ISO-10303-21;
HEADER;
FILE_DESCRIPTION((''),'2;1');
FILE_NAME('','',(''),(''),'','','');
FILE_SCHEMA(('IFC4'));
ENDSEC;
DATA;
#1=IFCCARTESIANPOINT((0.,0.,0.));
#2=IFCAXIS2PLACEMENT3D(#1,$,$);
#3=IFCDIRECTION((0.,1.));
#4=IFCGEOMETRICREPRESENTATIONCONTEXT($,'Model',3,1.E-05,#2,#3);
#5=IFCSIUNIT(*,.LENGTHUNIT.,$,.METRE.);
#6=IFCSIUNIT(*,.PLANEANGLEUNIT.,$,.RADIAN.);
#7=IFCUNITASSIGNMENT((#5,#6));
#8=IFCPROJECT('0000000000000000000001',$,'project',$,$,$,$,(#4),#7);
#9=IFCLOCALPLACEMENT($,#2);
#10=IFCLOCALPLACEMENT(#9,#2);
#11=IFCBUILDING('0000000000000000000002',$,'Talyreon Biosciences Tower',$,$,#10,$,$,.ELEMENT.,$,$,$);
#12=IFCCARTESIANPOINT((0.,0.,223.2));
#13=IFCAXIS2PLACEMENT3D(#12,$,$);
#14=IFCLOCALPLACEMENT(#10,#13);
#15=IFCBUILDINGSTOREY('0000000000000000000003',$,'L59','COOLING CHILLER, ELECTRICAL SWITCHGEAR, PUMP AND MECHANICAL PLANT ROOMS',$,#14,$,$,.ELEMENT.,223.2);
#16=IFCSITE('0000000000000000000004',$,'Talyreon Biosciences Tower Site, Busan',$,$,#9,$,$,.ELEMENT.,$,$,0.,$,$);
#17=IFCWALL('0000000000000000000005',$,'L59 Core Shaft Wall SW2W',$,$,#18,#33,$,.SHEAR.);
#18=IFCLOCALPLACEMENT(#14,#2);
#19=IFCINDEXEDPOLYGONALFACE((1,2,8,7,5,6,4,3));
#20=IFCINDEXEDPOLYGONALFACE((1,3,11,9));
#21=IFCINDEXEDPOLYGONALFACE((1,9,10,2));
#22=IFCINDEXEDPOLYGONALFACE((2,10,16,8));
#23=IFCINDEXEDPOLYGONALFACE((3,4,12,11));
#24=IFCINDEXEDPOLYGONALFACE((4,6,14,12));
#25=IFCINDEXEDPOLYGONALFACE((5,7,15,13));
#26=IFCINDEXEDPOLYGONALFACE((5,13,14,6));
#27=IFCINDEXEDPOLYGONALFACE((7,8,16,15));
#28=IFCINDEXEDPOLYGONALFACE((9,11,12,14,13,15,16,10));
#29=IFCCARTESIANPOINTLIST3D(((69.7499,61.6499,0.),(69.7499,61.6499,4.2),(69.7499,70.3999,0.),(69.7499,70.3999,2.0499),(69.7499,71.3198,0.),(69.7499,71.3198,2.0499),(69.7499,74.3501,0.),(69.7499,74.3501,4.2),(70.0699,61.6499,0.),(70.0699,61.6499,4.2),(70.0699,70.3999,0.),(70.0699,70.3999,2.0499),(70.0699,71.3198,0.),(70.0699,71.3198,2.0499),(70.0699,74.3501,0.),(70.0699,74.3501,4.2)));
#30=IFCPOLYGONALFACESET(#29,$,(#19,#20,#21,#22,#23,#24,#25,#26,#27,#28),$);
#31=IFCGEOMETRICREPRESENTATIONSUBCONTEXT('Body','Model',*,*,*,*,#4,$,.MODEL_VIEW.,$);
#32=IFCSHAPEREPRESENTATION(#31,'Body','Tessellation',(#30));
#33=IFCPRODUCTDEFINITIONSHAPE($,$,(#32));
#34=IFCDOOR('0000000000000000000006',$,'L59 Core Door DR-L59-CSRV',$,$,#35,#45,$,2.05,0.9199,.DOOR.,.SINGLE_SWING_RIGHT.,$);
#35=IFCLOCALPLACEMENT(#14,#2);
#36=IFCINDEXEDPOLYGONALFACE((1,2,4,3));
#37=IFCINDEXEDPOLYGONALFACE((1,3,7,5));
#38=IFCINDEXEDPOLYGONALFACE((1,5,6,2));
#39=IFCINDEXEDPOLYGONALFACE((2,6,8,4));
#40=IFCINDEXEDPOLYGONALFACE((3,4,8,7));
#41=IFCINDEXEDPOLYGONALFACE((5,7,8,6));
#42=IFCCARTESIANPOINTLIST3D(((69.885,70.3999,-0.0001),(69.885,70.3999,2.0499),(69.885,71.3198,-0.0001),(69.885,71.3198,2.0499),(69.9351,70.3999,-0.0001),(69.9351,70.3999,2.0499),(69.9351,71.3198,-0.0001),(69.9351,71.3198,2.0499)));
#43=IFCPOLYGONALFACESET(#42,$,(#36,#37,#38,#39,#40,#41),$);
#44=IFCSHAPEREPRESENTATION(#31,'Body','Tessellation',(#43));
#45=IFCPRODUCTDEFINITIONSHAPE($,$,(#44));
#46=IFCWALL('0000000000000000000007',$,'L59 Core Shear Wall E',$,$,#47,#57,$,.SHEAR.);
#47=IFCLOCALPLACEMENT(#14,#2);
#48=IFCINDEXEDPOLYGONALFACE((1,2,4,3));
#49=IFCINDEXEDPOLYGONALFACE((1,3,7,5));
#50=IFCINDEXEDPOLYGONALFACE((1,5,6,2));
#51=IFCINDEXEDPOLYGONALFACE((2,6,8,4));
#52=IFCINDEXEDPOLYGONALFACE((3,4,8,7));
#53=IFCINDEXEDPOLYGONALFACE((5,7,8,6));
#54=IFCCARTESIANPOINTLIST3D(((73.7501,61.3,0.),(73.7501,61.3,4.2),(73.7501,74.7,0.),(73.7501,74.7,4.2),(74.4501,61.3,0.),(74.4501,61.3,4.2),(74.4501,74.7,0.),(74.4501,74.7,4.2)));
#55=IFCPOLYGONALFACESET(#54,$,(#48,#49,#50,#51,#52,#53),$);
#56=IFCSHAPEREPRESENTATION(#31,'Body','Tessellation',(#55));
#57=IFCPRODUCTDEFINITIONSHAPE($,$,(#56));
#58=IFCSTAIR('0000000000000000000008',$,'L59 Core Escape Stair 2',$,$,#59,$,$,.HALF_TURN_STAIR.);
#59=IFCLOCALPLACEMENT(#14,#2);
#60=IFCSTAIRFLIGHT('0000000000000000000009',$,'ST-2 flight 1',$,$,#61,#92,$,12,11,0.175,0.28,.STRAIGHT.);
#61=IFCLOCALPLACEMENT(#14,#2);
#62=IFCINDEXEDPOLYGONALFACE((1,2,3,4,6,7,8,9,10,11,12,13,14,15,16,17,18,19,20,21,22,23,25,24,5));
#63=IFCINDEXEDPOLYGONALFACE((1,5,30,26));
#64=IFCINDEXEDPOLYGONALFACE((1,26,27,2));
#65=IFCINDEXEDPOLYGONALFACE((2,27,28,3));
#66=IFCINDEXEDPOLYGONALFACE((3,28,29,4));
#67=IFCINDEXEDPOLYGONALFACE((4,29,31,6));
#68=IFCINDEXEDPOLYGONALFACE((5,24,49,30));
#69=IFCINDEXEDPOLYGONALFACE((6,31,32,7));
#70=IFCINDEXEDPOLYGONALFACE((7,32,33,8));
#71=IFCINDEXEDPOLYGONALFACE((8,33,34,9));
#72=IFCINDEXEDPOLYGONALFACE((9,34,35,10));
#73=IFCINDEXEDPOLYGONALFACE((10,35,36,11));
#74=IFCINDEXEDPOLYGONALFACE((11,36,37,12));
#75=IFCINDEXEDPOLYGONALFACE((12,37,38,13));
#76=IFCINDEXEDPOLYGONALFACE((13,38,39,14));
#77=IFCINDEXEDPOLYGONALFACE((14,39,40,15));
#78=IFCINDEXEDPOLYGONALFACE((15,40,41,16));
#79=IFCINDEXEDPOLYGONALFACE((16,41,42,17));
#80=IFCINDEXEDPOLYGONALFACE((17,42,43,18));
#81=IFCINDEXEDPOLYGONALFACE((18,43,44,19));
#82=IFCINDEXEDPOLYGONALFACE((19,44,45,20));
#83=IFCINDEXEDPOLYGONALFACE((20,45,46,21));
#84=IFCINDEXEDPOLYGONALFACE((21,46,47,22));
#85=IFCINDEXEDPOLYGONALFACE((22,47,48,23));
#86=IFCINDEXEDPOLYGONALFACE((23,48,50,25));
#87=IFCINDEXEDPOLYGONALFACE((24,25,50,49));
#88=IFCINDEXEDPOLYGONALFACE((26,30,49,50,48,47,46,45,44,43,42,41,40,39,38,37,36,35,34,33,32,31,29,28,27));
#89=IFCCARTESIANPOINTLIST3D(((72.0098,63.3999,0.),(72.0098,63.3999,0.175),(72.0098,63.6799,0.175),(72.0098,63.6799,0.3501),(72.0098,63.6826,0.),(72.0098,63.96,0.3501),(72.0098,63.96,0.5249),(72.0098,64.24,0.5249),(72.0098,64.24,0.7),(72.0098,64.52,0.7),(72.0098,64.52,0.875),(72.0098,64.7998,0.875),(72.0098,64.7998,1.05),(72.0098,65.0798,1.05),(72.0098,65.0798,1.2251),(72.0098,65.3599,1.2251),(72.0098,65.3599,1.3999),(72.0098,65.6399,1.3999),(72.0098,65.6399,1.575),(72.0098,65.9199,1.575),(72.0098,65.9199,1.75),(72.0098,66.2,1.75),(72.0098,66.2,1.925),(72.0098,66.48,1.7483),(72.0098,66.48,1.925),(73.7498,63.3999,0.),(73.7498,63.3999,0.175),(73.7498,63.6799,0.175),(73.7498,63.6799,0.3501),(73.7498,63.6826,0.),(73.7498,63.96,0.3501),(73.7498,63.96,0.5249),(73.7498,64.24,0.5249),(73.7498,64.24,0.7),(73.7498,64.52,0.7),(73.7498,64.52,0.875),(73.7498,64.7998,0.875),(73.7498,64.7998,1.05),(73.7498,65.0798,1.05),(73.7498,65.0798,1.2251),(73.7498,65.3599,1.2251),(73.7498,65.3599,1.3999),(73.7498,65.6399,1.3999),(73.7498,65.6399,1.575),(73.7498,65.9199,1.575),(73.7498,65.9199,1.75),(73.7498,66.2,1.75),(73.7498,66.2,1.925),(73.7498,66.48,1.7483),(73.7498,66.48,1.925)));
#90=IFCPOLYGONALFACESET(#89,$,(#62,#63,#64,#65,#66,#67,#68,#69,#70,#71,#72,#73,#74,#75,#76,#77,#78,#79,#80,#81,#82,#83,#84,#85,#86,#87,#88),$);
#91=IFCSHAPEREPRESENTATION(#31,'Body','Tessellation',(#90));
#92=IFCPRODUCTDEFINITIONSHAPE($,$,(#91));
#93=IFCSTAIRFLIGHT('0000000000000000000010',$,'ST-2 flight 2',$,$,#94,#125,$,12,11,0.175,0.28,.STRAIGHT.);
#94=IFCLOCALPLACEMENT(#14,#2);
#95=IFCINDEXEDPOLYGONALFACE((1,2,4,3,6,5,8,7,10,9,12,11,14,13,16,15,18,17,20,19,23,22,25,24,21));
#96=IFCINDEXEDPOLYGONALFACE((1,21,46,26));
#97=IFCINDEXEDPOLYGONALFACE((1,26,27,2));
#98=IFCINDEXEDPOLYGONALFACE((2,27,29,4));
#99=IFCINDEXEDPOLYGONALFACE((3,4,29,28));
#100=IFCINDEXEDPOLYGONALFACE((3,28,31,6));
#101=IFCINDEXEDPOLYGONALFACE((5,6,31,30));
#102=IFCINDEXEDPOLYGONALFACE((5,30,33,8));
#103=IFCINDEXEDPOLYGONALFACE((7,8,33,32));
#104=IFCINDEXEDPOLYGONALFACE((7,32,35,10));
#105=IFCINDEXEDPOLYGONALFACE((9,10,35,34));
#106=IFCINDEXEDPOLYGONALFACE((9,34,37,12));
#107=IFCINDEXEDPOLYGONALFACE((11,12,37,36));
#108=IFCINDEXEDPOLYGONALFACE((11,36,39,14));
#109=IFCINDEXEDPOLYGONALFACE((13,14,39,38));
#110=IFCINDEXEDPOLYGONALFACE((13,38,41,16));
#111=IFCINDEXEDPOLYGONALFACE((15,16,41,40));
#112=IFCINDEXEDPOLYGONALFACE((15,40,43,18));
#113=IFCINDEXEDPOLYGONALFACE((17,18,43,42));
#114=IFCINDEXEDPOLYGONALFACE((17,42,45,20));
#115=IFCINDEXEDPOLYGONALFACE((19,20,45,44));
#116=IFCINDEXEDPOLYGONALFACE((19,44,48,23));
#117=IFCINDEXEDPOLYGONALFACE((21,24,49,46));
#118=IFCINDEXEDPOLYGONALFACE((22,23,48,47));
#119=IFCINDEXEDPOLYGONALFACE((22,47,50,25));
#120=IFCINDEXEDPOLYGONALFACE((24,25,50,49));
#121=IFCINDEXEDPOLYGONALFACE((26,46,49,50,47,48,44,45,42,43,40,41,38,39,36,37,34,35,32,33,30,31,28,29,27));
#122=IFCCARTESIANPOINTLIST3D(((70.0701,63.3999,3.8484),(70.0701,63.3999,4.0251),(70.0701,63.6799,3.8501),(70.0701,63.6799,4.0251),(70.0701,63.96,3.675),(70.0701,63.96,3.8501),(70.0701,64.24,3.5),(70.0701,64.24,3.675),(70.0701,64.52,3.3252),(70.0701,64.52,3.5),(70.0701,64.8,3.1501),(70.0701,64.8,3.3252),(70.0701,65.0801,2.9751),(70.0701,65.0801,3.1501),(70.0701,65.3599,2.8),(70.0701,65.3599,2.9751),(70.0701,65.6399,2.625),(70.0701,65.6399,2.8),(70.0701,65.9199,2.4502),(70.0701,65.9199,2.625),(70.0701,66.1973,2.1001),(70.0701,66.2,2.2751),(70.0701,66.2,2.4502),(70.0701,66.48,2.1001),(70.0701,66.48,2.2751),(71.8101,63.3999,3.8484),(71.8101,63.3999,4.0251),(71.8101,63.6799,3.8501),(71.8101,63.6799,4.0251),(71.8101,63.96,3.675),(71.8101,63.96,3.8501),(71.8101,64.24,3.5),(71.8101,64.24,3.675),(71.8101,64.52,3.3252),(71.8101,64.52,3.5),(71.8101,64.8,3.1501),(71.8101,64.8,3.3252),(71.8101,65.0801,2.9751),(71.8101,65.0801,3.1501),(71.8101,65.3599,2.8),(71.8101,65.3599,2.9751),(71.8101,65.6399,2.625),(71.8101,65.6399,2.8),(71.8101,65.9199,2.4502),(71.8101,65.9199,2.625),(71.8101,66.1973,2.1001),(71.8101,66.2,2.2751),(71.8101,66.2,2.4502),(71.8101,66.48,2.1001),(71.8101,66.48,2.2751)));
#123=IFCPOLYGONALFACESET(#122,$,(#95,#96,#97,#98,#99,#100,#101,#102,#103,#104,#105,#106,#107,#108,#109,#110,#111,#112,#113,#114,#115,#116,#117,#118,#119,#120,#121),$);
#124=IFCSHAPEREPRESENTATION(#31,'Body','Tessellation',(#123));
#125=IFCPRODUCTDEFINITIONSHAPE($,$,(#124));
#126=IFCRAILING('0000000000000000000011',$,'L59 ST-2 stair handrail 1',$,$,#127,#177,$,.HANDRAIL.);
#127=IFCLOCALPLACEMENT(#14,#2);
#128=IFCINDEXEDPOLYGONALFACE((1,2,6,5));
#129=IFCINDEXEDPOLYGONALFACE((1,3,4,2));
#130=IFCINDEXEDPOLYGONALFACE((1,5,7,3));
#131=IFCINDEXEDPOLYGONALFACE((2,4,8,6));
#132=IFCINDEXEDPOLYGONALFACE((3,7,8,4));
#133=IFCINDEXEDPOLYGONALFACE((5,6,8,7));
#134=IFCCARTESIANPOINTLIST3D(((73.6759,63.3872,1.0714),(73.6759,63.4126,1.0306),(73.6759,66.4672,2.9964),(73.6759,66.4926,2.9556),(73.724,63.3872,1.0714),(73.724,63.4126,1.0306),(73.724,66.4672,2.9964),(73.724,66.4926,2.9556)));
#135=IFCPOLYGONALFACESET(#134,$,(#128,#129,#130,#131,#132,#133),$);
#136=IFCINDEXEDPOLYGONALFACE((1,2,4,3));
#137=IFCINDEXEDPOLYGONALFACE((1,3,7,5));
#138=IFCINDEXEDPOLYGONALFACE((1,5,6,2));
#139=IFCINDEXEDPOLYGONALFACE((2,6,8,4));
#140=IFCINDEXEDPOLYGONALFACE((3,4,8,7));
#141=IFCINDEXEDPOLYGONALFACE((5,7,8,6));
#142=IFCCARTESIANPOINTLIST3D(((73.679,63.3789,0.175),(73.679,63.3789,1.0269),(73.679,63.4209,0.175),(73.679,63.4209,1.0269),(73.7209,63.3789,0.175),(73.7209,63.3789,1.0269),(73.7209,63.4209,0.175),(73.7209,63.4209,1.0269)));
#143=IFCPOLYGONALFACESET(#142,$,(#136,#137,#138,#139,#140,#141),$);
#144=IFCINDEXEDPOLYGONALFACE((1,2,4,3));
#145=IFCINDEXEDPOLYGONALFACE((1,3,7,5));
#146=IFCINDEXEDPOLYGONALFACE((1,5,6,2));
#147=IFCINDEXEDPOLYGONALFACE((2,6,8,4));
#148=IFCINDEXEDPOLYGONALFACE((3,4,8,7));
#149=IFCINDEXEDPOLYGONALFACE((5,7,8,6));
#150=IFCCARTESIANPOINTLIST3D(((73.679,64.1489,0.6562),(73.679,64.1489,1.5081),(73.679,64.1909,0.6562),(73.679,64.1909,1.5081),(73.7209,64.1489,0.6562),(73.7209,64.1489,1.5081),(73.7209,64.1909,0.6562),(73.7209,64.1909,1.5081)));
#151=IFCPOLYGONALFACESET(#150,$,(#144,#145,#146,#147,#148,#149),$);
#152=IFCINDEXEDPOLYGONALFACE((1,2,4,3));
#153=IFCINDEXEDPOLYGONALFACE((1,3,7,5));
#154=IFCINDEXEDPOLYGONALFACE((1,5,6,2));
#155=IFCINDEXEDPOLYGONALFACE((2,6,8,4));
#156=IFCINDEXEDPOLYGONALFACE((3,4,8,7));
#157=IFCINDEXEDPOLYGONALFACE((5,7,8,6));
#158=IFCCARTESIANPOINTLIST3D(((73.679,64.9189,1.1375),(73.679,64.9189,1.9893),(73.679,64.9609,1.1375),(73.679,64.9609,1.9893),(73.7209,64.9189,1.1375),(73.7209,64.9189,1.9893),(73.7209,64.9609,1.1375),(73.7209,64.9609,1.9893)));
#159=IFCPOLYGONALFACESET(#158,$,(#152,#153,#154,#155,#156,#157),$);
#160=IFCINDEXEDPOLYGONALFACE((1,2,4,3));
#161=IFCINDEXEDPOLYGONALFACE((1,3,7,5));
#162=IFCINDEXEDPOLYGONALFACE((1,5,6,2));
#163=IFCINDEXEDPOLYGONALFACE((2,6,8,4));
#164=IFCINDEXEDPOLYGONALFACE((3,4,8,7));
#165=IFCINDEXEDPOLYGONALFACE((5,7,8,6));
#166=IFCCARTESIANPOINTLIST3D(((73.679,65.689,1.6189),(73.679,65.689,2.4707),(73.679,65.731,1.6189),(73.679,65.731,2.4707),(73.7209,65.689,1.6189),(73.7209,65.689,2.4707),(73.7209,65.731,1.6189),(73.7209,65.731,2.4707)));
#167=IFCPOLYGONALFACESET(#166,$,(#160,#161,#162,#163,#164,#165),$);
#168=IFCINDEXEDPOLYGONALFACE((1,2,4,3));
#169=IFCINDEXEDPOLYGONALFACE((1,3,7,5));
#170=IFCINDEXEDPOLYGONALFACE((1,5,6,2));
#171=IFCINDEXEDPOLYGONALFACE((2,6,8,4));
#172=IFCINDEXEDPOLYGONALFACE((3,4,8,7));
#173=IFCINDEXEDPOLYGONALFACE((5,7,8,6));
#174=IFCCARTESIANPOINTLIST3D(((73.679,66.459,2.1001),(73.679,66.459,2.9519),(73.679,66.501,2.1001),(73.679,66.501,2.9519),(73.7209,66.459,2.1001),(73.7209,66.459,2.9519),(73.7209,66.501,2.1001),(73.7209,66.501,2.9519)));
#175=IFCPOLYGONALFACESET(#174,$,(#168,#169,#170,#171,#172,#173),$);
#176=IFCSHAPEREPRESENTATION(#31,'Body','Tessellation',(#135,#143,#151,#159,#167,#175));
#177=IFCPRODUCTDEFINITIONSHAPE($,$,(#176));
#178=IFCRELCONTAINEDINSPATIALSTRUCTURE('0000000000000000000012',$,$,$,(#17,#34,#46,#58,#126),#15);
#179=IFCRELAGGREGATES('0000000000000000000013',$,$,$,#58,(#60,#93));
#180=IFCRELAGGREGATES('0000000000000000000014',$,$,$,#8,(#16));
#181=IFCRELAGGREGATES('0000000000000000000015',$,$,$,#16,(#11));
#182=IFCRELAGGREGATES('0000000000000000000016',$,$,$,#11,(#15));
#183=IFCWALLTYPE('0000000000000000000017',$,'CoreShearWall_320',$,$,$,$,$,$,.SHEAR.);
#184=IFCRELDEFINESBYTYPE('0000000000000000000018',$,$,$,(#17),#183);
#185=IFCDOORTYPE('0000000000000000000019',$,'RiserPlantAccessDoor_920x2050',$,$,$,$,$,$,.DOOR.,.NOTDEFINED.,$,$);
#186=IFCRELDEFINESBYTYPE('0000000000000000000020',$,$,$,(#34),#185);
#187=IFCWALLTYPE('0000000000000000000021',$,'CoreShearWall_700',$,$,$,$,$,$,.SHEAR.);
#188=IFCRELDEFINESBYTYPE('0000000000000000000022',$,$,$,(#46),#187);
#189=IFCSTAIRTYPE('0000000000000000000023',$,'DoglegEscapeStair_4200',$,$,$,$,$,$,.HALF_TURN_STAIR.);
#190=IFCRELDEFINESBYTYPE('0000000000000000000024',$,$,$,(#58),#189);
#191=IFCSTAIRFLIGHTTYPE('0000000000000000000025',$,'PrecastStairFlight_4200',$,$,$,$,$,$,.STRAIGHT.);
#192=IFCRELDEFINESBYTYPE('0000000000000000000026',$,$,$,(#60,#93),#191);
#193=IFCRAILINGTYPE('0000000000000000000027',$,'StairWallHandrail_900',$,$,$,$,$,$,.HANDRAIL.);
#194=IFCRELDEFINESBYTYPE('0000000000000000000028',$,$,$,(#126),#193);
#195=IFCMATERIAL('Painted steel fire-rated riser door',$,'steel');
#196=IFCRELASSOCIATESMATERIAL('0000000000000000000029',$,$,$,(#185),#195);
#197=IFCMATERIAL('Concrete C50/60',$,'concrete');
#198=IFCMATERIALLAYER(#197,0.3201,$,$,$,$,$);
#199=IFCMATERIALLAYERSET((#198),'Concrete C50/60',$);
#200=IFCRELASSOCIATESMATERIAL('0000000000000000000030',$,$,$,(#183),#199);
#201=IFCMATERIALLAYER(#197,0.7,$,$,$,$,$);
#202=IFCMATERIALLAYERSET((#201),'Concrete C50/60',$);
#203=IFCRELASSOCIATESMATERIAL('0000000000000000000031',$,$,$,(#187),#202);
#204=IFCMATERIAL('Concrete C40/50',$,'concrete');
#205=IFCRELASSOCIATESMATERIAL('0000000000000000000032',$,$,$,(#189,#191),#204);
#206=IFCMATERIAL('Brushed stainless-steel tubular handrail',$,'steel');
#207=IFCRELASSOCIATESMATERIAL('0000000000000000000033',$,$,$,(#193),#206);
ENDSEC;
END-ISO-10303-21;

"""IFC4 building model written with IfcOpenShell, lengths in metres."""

from ifc_helpers import new_model, si_unit, direction, frame, frame_2d, origin, origin_2d, place, context, subcontext, project, spatial, polyline, rectangle, outline, extrude, material, layer, layer_set, type_object, element, fill, aggregate, save


model = new_model("IFC4")

# Units and contexts
model_context = context("Model", 3, precision=1e-05, world=origin(), true_north=direction((0.0, 1.0)))
body_context = subcontext(model_context, "Body", "Model", "MODEL_VIEW")
ifc_project = project(units=[si_unit("LENGTHUNIT", "METRE"), si_unit("PLANEANGLEUNIT", "RADIAN")], contexts=[model_context])

# Site, building, storey
site_placement = place(None, origin())
site = spatial("IfcSite", under=ifc_project, at=site_placement, Name="Talyreon Biosciences Tower Site, Busan", CompositionType="ELEMENT", RefElevation=0.0)
building_placement = place(site_placement, origin())
building = spatial("IfcBuilding", under=site, at=building_placement, Name="Talyreon Biosciences Tower", CompositionType="ELEMENT")
storey_placement = place(building_placement, frame((0.0, 0.0, 223.2)))
storey = spatial("IfcBuildingStorey", under=building, at=storey_placement, Name="L59", Description="COOLING CHILLER, ELECTRICAL SWITCHGEAR, PUMP AND MECHANICAL PLANT ROOMS", CompositionType="ELEMENT", Elevation=223.2)

# Shared definitions
ifc_material_1 = material(Name="Concrete C50/60", Category="concrete")

# Wall, opening, door
ifc_material_2 = material(Name="Painted steel fire-rated riser door", Category="steel")
door_type = type_object("IfcDoorType", Name="RiserPlantAccessDoor_920x2050", OperationType="NOTDEFINED", PredefinedType="DOOR", material=ifc_material_2)
ifc_layer_1 = layer(ifc_material_1, 0.3201)
ifc_layer_set_1 = layer_set([ifc_layer_1], Name="Concrete C50/60")
wall_type_1 = type_object("IfcWallType", Name="CoreShearWall_320", PredefinedType="SHEAR", material=ifc_layer_set_1)
wall_1_placement = place(storey_placement, frame((69.9099, 61.6499, 0.0), z_axis=(0.0, 0.0, 1.0), x_axis=(0.0, 1.0, 0.0)))
wall_1 = element("IfcWall", 1, at=wall_1_placement, inside=storey, type_object=wall_type_1, Name="L59 Core Shaft Wall SW2W", PredefinedType="SHEAR", context=body_context, shape_type="SweptSolid", body=[
    extrude(rectangle(XDim=12.7002, YDim=0.3201, at=frame_2d((6.3501, 0.0))), origin(), (0.0, 0.0, 1.0), 4.2),
])
opening_1_placement = place(wall_1_placement, frame((8.75, 0.0, 0.0)))
opening_1 = element("IfcOpeningElement", 2, at=opening_1_placement, cuts=wall_1, PredefinedType="OPENING", context=body_context, shape_type="SweptSolid", body=[
    extrude(rectangle(XDim=0.9199, YDim=2.05, at=frame_2d((0.46, 1.0249))), frame((0.0, 0.1699, 0.0), z_axis=(0.0, -1.0, 0.0), x_axis=(1.0, 0.0, 0.0)), (0.0, 0.0, 1.0), 0.3401),
])
door_1_placement = place(opening_1_placement, origin())
door_1 = element("IfcDoor", 3, at=door_1_placement, inside=storey, type_object=door_type, Name="L59 Core Door DR-L59-CSRV", OperationType="SINGLE_SWING_RIGHT", OverallHeight=2.05, OverallWidth=0.9199, PredefinedType="DOOR", context=body_context, shape_type="SweptSolid", body=[
    extrude(rectangle(XDim=0.9199, YDim=2.05, at=frame_2d((0.46, 1.0249))), frame((0.0, 0.0249, 0.0), z_axis=(0.0, -1.0, 0.0), x_axis=(1.0, 0.0, 0.0)), (0.0, 0.0, 1.0), 0.05),
])
fill(opening_1, door_1)

# Wall
ifc_layer_2 = layer(ifc_material_1, 0.7)
ifc_layer_set_2 = layer_set([ifc_layer_2], Name="Concrete C50/60")
wall_type_2 = type_object("IfcWallType", Name="CoreShearWall_700", PredefinedType="SHEAR", material=ifc_layer_set_2)
wall_2_placement = place(storey_placement, frame((74.1001, 61.3, 0.0), z_axis=(0.0, 0.0, 1.0), x_axis=(0.0, 1.0, 0.0)))
element("IfcWall", 4, at=wall_2_placement, inside=storey, type_object=wall_type_2, Name="L59 Core Shear Wall E", PredefinedType="SHEAR", context=body_context, shape_type="SweptSolid", body=[
    extrude(rectangle(XDim=13.3999, YDim=0.7, at=frame_2d((6.7, 0.0))), origin(), (0.0, 0.0, 1.0), 4.2),
])

# Stair, stair flights
ifc_material_3 = material(Name="Concrete C40/50", Category="concrete")
stair_type = type_object("IfcStairType", Name="DoglegEscapeStair_4200", PredefinedType="HALF_TURN_STAIR", material=ifc_material_3)
stair_placement = place(storey_placement, origin())
stair = element("IfcStair", 5, at=stair_placement, inside=storey, type_object=stair_type, Name="L59 Core Escape Stair 2", PredefinedType="HALF_TURN_STAIR")
stair_flight_type = type_object("IfcStairFlightType", Name="PrecastStairFlight_4200", PredefinedType="STRAIGHT", material=ifc_material_3)
stair_flight_1_placement = place(storey_placement, frame((72.8799, 63.3999, 0.0), z_axis=(0.0, 0.0, 1.0), x_axis=(0.0, 1.0, 0.0)))
stair_flight_1 = element("IfcStairFlight", 6, at=stair_flight_1_placement, type_object=stair_flight_type, Name="ST-2 flight 1", NumberOfRisers=12, NumberOfTreads=11, PredefinedType="STRAIGHT", RiserHeight=0.175, TreadLength=0.28, context=body_context, shape_type="SweptSolid", body=[
    extrude(outline(polyline([(0.0, 0.0), (0.0, 0.175), (0.28, 0.175), (0.28, 0.3501), (0.5601, 0.3501), (0.5601, 0.5249), (0.8401, 0.5249), (0.8401, 0.7), (1.1201, 0.7), (1.1201, 0.875), (1.3999, 0.875), (1.3999, 1.05), (1.6799, 1.05), (1.6799, 1.2251), (1.96, 1.2251), (1.96, 1.3999), (2.24, 1.3999), (2.24, 1.575), (2.52, 1.575), (2.52, 1.75), (2.8, 1.75), (2.8, 1.925), (3.0801, 1.925), (3.0801, 2.1001), (3.0801, 1.7483), (0.2827, 0.0), (0.0, 0.0)])), frame((0.0, 0.8701, 0.0), z_axis=(0.0, -1.0, 0.0), x_axis=(1.0, 0.0, 0.0)), (0.0, 0.0, 1.0), 1.74),
])
stair_flight_2_placement = place(storey_placement, frame((70.9399, 66.48, 2.1001), z_axis=(0.0, 0.0, 1.0), x_axis=(0.0, -1.0, 0.0)))
stair_flight_2 = element("IfcStairFlight", 7, at=stair_flight_2_placement, type_object=stair_flight_type, Name="ST-2 flight 2", NumberOfRisers=12, NumberOfTreads=11, PredefinedType="STRAIGHT", RiserHeight=0.175, TreadLength=0.28, context=body_context, shape_type="SweptSolid", body=[
    extrude(outline(polyline([(0.0, 0.0), (0.0, 0.175), (0.28, 0.175), (0.28, 0.3501), (0.5601, 0.3501), (0.5601, 0.5249), (0.8401, 0.5249), (0.8401, 0.7), (1.1201, 0.7), (1.1201, 0.875), (1.3999, 0.875), (1.3999, 1.05), (1.6799, 1.05), (1.6799, 1.2251), (1.96, 1.2251), (1.96, 1.3999), (2.24, 1.3999), (2.24, 1.575), (2.52, 1.575), (2.52, 1.75), (2.8, 1.75), (2.8, 1.925), (3.0801, 1.925), (3.0801, 2.1001), (3.0801, 1.7483), (0.2827, 0.0), (0.0, 0.0)])), frame((0.0, 0.8701, 0.0), z_axis=(0.0, -1.0, 0.0), x_axis=(1.0, 0.0, 0.0)), (0.0, 0.0, 1.0), 1.74),
])
aggregate(stair, [stair_flight_1, stair_flight_2])

# Railing
ifc_material_4 = material(Name="Brushed stainless-steel tubular handrail", Category="steel")
railing_type_1 = type_object("IfcRailingType", Name="StairWallHandrail_900", PredefinedType="HANDRAIL", material=ifc_material_4)
railing_1_placement = place(storey_placement, frame((73.7, 63.3999, 0.175)))
element("IfcRailing", 8, at=railing_1_placement, inside=storey, type_object=railing_type_1, Name="L59 ST-2 stair handrail 1", PredefinedType="HANDRAIL", context=body_context, shape_type="SweptSolid", body=[
    extrude(rectangle(XDim=0.0481, YDim=0.0481, at=origin_2d()), frame((0.0, 0.0, 0.876), z_axis=(0.0, 0.847998, 0.529999), x_axis=(-1.0, 0.0, 0.0)), (0.0, 0.0, 1.0), 3.6321),
    extrude(rectangle(XDim=0.042, YDim=0.042, at=origin_2d()), origin(), (0.0, 0.0, 1.0), 0.8518),
    extrude(rectangle(XDim=0.042, YDim=0.042, at=origin_2d()), frame((0.0, 0.77, 0.4812)), (0.0, 0.0, 1.0), 0.8518),
    extrude(rectangle(XDim=0.042, YDim=0.042, at=origin_2d()), frame((0.0, 1.54, 0.9624)), (0.0, 0.0, 1.0), 0.8518),
    extrude(rectangle(XDim=0.042, YDim=0.042, at=origin_2d()), frame((0.0, 2.3101, 1.4438)), (0.0, 0.0, 1.0), 0.8518),
    extrude(rectangle(XDim=0.042, YDim=0.042, at=origin_2d()), frame((0.0, 3.0801, 1.925)), (0.0, 0.0, 1.0), 0.8518),
])

save(model, "model.ifc")
